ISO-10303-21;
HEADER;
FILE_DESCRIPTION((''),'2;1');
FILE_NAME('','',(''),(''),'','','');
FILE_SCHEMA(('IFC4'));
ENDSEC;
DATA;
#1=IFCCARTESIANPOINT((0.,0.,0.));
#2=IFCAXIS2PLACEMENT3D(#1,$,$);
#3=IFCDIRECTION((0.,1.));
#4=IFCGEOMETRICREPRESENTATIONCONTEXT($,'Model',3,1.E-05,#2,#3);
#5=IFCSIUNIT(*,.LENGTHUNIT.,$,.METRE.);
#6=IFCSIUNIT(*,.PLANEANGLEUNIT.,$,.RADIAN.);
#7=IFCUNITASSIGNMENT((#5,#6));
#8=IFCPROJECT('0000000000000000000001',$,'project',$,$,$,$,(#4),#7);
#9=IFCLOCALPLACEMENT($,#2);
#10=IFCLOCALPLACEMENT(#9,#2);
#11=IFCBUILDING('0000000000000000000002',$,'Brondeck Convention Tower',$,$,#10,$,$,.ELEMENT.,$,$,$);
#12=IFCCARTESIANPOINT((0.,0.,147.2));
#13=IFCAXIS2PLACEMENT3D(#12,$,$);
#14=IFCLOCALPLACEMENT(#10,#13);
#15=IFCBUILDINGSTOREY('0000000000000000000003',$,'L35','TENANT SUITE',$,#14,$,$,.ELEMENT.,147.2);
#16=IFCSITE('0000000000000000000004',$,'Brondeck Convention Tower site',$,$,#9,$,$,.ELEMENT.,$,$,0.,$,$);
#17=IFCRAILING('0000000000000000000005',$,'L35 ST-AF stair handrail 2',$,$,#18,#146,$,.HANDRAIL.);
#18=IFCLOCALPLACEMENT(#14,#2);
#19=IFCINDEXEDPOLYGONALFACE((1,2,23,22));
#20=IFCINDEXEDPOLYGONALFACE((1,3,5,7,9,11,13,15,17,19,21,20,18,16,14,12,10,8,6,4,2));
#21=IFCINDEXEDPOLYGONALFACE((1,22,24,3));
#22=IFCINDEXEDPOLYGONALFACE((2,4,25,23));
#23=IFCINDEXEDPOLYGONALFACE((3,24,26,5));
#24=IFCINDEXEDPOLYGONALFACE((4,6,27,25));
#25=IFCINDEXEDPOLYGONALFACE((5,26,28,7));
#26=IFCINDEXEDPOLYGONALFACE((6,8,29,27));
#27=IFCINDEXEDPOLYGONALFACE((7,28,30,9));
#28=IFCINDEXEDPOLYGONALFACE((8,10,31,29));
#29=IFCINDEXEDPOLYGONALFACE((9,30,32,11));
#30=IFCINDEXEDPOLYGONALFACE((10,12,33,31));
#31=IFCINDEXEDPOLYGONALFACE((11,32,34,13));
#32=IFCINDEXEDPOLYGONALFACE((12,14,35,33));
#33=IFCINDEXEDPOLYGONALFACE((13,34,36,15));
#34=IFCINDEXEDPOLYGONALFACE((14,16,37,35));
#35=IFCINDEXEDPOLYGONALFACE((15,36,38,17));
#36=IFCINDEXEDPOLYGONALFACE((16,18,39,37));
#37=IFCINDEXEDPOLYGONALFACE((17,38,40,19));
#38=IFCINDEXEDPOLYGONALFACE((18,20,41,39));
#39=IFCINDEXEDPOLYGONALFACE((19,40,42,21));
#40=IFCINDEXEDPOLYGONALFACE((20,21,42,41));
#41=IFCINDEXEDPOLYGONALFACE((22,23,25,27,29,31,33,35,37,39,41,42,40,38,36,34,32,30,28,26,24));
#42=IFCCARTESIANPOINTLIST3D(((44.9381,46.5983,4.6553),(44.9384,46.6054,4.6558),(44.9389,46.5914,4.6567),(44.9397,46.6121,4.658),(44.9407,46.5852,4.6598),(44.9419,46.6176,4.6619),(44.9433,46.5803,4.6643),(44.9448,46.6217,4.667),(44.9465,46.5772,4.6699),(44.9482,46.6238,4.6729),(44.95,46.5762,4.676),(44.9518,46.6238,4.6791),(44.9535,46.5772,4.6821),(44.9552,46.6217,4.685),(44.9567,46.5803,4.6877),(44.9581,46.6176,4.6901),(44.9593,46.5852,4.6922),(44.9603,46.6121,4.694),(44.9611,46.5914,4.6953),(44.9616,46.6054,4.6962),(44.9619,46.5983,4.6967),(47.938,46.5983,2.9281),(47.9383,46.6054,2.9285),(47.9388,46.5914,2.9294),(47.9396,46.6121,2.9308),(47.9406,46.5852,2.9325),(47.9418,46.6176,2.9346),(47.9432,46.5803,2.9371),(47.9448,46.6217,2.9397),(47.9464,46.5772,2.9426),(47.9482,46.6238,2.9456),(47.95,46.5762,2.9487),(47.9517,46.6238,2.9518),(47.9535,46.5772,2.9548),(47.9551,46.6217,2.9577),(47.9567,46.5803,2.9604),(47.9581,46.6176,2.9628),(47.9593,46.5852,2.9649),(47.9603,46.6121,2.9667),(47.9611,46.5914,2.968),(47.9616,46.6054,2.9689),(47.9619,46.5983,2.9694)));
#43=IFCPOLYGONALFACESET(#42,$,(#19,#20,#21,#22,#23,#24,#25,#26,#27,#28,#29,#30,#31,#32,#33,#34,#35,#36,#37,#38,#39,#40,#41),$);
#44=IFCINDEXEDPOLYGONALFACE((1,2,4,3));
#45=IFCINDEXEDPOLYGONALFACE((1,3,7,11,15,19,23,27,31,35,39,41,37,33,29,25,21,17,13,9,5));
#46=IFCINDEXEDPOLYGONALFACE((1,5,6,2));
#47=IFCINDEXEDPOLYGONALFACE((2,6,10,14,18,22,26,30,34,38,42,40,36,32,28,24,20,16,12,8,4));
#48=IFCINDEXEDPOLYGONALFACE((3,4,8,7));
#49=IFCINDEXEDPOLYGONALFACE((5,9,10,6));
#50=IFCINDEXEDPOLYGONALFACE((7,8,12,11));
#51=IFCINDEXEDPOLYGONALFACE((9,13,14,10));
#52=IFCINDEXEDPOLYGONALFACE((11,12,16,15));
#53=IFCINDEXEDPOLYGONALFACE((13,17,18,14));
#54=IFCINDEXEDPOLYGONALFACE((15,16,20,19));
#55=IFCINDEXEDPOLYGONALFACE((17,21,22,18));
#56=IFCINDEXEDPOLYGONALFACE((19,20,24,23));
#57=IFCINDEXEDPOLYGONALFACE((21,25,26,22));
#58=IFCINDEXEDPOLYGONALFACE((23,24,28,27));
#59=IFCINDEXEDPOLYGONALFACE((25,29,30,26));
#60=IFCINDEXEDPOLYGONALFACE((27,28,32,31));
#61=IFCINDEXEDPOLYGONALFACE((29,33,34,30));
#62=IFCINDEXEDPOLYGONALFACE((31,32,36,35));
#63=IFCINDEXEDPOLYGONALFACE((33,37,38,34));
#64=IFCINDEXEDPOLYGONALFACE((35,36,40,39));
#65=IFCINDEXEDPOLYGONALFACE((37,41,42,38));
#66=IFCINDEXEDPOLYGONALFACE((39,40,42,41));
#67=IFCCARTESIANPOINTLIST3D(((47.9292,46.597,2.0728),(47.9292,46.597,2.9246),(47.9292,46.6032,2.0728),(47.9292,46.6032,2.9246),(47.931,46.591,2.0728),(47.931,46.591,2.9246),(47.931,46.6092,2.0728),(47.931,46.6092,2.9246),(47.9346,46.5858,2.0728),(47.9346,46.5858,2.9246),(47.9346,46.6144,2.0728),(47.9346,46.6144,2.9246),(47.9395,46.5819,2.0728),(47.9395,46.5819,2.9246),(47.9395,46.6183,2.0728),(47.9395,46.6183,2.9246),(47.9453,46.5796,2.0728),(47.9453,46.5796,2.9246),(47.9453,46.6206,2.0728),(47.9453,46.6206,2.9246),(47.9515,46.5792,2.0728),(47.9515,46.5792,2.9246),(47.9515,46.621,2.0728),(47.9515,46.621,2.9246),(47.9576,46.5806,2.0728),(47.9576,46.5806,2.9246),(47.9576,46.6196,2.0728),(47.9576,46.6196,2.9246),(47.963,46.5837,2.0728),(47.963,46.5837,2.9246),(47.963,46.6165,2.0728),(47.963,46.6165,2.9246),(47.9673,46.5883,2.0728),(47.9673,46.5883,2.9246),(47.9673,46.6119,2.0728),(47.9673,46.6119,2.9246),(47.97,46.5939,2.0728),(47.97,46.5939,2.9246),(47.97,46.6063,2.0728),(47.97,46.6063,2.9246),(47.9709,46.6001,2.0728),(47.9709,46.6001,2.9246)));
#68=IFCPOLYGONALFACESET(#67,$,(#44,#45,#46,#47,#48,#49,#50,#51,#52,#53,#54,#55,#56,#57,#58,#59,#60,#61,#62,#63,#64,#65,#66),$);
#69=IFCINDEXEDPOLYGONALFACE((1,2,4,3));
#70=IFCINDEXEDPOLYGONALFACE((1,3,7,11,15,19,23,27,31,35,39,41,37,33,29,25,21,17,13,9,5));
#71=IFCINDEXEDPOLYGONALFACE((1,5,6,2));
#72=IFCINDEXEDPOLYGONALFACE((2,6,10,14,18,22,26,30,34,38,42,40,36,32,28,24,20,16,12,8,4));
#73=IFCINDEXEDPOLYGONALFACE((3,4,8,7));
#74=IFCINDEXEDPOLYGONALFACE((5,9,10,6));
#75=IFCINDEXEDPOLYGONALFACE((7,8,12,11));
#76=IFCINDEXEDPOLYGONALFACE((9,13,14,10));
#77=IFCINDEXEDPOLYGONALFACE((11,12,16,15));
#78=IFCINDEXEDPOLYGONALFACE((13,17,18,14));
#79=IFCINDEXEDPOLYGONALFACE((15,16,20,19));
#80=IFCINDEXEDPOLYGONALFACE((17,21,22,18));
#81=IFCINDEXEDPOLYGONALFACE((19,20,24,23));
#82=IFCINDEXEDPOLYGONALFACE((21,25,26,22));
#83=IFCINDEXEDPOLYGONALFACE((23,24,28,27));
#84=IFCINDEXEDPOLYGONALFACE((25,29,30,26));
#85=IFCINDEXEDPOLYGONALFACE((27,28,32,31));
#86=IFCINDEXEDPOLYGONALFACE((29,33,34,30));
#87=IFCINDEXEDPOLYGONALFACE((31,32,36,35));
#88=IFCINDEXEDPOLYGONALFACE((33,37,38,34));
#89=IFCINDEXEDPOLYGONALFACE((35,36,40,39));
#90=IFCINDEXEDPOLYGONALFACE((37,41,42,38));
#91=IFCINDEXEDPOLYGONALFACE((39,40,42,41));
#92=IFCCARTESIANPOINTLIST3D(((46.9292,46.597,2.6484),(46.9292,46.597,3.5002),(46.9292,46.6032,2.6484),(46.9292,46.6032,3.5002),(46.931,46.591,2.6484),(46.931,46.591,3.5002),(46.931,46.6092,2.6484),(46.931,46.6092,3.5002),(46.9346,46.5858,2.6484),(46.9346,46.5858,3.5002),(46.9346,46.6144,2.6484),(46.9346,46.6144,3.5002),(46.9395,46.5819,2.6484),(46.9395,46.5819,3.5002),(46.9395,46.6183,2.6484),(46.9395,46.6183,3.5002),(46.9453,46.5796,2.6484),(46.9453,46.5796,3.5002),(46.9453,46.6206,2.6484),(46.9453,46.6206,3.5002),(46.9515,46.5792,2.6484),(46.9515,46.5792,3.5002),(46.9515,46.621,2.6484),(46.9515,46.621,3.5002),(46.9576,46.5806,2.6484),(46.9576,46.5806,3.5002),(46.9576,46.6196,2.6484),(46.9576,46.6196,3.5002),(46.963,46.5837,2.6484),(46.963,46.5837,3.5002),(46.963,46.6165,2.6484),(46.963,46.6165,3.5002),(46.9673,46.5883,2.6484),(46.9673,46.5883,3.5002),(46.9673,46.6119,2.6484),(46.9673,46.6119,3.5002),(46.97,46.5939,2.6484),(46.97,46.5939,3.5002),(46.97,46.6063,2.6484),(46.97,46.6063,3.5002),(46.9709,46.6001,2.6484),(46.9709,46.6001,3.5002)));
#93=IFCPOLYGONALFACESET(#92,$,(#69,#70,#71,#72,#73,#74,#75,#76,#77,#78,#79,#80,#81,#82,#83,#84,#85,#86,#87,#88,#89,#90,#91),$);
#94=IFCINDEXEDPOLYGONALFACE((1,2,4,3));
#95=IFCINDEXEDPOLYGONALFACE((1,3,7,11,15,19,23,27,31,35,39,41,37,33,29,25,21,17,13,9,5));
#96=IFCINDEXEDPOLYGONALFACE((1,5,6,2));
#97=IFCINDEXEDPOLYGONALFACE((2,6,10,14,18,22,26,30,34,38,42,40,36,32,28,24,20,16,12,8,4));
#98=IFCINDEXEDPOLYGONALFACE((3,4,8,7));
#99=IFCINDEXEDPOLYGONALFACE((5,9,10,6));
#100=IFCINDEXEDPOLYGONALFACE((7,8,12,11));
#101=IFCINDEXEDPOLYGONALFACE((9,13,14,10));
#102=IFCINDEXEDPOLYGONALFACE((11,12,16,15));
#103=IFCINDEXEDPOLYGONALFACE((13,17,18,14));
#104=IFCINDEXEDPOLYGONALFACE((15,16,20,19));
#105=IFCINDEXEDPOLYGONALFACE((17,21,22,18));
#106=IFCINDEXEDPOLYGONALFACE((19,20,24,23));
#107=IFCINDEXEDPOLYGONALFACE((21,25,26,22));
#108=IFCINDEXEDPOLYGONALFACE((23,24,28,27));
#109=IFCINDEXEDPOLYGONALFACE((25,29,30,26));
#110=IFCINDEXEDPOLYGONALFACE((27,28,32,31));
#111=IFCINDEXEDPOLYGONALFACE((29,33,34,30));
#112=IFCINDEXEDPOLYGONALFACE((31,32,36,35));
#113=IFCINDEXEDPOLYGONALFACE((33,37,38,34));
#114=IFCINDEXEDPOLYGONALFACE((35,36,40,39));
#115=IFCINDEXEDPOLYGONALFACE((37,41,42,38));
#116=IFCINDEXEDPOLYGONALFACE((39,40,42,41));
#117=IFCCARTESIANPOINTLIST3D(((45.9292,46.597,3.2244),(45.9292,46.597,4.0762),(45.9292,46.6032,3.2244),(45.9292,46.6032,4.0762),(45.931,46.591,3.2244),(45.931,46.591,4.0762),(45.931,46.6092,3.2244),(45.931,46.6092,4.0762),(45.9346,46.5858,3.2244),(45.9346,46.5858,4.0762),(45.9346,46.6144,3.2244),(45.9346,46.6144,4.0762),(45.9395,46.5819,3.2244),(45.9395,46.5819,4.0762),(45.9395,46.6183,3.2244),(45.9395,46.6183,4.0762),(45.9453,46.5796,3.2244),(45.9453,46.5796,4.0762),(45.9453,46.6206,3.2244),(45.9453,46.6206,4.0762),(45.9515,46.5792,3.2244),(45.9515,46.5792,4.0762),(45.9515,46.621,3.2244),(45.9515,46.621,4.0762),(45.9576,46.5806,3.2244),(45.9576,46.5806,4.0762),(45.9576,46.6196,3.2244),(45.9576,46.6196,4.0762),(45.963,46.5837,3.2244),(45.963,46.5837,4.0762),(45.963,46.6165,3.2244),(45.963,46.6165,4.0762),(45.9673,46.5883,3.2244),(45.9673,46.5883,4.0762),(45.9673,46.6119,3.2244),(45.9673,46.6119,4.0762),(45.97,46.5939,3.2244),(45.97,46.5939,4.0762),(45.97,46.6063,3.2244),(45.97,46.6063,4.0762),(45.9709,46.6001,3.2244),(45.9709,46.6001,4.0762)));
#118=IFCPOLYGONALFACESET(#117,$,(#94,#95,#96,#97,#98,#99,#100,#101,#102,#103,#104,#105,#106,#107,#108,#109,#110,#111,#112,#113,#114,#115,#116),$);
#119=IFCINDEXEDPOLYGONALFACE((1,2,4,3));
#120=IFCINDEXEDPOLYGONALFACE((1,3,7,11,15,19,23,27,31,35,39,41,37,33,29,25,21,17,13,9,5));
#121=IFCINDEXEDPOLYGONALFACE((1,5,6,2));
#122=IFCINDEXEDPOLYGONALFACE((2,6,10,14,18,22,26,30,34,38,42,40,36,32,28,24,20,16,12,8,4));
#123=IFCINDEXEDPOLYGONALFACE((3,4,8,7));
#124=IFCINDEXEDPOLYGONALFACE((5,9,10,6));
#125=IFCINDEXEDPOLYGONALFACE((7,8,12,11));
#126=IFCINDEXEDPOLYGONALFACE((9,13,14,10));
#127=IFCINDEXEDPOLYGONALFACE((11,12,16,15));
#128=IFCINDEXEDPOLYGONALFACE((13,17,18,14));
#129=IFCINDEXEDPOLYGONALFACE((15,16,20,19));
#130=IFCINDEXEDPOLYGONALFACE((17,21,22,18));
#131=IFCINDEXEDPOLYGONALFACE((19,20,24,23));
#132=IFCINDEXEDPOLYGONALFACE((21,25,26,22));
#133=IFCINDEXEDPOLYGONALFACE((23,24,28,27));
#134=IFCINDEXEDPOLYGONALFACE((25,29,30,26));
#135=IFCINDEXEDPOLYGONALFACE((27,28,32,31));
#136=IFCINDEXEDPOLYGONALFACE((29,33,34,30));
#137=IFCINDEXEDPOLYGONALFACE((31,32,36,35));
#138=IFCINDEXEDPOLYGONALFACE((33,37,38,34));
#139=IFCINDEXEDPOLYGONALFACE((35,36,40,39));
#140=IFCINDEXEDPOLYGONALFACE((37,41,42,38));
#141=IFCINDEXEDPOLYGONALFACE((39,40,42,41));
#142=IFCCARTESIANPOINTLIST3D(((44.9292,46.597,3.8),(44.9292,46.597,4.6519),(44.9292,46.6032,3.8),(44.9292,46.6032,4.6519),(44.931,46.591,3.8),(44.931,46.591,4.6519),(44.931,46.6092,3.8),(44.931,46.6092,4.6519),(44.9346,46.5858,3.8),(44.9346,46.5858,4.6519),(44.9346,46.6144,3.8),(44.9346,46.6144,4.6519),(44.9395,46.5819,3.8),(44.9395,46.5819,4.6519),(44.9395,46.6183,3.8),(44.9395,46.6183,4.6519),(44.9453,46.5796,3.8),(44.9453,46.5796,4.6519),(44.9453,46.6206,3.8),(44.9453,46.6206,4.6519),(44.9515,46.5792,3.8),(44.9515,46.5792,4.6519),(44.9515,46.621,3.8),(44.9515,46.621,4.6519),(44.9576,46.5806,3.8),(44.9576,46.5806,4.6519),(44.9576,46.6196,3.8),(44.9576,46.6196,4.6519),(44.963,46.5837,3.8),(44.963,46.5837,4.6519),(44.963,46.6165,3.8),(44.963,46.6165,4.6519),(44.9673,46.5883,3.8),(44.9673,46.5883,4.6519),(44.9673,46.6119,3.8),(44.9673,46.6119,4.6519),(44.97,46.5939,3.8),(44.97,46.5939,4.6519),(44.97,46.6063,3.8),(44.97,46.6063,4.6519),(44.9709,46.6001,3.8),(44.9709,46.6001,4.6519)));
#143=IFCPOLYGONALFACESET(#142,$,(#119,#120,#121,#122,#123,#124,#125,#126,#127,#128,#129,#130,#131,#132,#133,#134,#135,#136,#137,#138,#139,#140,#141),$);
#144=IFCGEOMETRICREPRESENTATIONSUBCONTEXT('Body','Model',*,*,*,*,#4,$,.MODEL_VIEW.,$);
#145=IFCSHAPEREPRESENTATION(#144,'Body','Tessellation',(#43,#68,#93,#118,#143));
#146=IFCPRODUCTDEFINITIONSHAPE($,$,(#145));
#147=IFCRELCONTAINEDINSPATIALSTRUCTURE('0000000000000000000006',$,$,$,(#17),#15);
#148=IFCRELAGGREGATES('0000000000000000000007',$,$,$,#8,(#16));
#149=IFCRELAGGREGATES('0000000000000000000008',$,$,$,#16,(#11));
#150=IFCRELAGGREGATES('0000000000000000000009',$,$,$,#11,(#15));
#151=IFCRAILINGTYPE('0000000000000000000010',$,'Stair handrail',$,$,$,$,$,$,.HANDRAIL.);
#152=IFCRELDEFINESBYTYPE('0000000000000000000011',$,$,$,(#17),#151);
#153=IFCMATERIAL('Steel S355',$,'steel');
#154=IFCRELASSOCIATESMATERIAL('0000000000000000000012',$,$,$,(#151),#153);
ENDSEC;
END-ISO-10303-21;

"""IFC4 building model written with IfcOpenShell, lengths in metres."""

from ifc_helpers import new_model, si_unit, direction, frame, origin, origin_2d, place, context, subcontext, project, spatial, circle, extrude, material, type_object, element, save


model = new_model("IFC4")

# Units and contexts
model_context = context("Model", 3, precision=1e-05, world=origin(), true_north=direction((0.0, 1.0)))
body_context = subcontext(model_context, "Body", "Model", "MODEL_VIEW")
ifc_project = project(units=[si_unit("LENGTHUNIT", "METRE"), si_unit("PLANEANGLEUNIT", "RADIAN")], contexts=[model_context])

# Site, building, storey
site_placement = place(None, origin())
site = spatial("IfcSite", under=ifc_project, at=site_placement, Name="Brondeck Convention Tower site", CompositionType="ELEMENT", RefElevation=0.0)
building_placement = place(site_placement, origin())
building = spatial("IfcBuilding", under=site, at=building_placement, Name="Brondeck Convention Tower", CompositionType="ELEMENT")
storey_placement = place(building_placement, frame((0.0, 0.0, 147.2)))
storey = spatial("IfcBuildingStorey", under=building, at=storey_placement, Name="L35", Description="TENANT SUITE", CompositionType="ELEMENT", Elevation=147.2)

# Shared definitions
ifc_material_1 = material(Name="Steel S355", Category="steel")

# Railing
railing_type_1 = type_object("IfcRailingType", Name="Stair handrail", PredefinedType="HANDRAIL", material=ifc_material_1)
railing_1_placement = place(storey_placement, frame((47.95, 46.6001, 2.0728)))
element("IfcRailing", 1, at=railing_1_placement, inside=storey, type_object=railing_type_1, Name="L35 ST-AF stair handrail 2", PredefinedType="HANDRAIL", context=body_context, shape_type="SweptSolid", body=[
    extrude(circle(Radius=0.0239, at=origin_2d()), frame((0.0, 0.0, 0.876), z_axis=(-0.86662, 0.0, 0.498969), x_axis=(0.0, -1.0, 0.0)), (0.0, 0.0, 1.0), 3.4617),
    extrude(circle(Radius=0.021, at=origin_2d()), origin(), (0.0, 0.0, 1.0), 0.8518),
    extrude(circle(Radius=0.021, at=origin_2d()), frame((-1.0, 0.0, 0.5757)), (0.0, 0.0, 1.0), 0.8518),
    extrude(circle(Radius=0.021, at=origin_2d()), frame((-2.0, 0.0, 1.1516)), (0.0, 0.0, 1.0), 0.8518),
    extrude(circle(Radius=0.021, at=origin_2d()), frame((-3.0, 0.0, 1.7273)), (0.0, 0.0, 1.0), 0.8518),
])

save(model, "model.ifc")
